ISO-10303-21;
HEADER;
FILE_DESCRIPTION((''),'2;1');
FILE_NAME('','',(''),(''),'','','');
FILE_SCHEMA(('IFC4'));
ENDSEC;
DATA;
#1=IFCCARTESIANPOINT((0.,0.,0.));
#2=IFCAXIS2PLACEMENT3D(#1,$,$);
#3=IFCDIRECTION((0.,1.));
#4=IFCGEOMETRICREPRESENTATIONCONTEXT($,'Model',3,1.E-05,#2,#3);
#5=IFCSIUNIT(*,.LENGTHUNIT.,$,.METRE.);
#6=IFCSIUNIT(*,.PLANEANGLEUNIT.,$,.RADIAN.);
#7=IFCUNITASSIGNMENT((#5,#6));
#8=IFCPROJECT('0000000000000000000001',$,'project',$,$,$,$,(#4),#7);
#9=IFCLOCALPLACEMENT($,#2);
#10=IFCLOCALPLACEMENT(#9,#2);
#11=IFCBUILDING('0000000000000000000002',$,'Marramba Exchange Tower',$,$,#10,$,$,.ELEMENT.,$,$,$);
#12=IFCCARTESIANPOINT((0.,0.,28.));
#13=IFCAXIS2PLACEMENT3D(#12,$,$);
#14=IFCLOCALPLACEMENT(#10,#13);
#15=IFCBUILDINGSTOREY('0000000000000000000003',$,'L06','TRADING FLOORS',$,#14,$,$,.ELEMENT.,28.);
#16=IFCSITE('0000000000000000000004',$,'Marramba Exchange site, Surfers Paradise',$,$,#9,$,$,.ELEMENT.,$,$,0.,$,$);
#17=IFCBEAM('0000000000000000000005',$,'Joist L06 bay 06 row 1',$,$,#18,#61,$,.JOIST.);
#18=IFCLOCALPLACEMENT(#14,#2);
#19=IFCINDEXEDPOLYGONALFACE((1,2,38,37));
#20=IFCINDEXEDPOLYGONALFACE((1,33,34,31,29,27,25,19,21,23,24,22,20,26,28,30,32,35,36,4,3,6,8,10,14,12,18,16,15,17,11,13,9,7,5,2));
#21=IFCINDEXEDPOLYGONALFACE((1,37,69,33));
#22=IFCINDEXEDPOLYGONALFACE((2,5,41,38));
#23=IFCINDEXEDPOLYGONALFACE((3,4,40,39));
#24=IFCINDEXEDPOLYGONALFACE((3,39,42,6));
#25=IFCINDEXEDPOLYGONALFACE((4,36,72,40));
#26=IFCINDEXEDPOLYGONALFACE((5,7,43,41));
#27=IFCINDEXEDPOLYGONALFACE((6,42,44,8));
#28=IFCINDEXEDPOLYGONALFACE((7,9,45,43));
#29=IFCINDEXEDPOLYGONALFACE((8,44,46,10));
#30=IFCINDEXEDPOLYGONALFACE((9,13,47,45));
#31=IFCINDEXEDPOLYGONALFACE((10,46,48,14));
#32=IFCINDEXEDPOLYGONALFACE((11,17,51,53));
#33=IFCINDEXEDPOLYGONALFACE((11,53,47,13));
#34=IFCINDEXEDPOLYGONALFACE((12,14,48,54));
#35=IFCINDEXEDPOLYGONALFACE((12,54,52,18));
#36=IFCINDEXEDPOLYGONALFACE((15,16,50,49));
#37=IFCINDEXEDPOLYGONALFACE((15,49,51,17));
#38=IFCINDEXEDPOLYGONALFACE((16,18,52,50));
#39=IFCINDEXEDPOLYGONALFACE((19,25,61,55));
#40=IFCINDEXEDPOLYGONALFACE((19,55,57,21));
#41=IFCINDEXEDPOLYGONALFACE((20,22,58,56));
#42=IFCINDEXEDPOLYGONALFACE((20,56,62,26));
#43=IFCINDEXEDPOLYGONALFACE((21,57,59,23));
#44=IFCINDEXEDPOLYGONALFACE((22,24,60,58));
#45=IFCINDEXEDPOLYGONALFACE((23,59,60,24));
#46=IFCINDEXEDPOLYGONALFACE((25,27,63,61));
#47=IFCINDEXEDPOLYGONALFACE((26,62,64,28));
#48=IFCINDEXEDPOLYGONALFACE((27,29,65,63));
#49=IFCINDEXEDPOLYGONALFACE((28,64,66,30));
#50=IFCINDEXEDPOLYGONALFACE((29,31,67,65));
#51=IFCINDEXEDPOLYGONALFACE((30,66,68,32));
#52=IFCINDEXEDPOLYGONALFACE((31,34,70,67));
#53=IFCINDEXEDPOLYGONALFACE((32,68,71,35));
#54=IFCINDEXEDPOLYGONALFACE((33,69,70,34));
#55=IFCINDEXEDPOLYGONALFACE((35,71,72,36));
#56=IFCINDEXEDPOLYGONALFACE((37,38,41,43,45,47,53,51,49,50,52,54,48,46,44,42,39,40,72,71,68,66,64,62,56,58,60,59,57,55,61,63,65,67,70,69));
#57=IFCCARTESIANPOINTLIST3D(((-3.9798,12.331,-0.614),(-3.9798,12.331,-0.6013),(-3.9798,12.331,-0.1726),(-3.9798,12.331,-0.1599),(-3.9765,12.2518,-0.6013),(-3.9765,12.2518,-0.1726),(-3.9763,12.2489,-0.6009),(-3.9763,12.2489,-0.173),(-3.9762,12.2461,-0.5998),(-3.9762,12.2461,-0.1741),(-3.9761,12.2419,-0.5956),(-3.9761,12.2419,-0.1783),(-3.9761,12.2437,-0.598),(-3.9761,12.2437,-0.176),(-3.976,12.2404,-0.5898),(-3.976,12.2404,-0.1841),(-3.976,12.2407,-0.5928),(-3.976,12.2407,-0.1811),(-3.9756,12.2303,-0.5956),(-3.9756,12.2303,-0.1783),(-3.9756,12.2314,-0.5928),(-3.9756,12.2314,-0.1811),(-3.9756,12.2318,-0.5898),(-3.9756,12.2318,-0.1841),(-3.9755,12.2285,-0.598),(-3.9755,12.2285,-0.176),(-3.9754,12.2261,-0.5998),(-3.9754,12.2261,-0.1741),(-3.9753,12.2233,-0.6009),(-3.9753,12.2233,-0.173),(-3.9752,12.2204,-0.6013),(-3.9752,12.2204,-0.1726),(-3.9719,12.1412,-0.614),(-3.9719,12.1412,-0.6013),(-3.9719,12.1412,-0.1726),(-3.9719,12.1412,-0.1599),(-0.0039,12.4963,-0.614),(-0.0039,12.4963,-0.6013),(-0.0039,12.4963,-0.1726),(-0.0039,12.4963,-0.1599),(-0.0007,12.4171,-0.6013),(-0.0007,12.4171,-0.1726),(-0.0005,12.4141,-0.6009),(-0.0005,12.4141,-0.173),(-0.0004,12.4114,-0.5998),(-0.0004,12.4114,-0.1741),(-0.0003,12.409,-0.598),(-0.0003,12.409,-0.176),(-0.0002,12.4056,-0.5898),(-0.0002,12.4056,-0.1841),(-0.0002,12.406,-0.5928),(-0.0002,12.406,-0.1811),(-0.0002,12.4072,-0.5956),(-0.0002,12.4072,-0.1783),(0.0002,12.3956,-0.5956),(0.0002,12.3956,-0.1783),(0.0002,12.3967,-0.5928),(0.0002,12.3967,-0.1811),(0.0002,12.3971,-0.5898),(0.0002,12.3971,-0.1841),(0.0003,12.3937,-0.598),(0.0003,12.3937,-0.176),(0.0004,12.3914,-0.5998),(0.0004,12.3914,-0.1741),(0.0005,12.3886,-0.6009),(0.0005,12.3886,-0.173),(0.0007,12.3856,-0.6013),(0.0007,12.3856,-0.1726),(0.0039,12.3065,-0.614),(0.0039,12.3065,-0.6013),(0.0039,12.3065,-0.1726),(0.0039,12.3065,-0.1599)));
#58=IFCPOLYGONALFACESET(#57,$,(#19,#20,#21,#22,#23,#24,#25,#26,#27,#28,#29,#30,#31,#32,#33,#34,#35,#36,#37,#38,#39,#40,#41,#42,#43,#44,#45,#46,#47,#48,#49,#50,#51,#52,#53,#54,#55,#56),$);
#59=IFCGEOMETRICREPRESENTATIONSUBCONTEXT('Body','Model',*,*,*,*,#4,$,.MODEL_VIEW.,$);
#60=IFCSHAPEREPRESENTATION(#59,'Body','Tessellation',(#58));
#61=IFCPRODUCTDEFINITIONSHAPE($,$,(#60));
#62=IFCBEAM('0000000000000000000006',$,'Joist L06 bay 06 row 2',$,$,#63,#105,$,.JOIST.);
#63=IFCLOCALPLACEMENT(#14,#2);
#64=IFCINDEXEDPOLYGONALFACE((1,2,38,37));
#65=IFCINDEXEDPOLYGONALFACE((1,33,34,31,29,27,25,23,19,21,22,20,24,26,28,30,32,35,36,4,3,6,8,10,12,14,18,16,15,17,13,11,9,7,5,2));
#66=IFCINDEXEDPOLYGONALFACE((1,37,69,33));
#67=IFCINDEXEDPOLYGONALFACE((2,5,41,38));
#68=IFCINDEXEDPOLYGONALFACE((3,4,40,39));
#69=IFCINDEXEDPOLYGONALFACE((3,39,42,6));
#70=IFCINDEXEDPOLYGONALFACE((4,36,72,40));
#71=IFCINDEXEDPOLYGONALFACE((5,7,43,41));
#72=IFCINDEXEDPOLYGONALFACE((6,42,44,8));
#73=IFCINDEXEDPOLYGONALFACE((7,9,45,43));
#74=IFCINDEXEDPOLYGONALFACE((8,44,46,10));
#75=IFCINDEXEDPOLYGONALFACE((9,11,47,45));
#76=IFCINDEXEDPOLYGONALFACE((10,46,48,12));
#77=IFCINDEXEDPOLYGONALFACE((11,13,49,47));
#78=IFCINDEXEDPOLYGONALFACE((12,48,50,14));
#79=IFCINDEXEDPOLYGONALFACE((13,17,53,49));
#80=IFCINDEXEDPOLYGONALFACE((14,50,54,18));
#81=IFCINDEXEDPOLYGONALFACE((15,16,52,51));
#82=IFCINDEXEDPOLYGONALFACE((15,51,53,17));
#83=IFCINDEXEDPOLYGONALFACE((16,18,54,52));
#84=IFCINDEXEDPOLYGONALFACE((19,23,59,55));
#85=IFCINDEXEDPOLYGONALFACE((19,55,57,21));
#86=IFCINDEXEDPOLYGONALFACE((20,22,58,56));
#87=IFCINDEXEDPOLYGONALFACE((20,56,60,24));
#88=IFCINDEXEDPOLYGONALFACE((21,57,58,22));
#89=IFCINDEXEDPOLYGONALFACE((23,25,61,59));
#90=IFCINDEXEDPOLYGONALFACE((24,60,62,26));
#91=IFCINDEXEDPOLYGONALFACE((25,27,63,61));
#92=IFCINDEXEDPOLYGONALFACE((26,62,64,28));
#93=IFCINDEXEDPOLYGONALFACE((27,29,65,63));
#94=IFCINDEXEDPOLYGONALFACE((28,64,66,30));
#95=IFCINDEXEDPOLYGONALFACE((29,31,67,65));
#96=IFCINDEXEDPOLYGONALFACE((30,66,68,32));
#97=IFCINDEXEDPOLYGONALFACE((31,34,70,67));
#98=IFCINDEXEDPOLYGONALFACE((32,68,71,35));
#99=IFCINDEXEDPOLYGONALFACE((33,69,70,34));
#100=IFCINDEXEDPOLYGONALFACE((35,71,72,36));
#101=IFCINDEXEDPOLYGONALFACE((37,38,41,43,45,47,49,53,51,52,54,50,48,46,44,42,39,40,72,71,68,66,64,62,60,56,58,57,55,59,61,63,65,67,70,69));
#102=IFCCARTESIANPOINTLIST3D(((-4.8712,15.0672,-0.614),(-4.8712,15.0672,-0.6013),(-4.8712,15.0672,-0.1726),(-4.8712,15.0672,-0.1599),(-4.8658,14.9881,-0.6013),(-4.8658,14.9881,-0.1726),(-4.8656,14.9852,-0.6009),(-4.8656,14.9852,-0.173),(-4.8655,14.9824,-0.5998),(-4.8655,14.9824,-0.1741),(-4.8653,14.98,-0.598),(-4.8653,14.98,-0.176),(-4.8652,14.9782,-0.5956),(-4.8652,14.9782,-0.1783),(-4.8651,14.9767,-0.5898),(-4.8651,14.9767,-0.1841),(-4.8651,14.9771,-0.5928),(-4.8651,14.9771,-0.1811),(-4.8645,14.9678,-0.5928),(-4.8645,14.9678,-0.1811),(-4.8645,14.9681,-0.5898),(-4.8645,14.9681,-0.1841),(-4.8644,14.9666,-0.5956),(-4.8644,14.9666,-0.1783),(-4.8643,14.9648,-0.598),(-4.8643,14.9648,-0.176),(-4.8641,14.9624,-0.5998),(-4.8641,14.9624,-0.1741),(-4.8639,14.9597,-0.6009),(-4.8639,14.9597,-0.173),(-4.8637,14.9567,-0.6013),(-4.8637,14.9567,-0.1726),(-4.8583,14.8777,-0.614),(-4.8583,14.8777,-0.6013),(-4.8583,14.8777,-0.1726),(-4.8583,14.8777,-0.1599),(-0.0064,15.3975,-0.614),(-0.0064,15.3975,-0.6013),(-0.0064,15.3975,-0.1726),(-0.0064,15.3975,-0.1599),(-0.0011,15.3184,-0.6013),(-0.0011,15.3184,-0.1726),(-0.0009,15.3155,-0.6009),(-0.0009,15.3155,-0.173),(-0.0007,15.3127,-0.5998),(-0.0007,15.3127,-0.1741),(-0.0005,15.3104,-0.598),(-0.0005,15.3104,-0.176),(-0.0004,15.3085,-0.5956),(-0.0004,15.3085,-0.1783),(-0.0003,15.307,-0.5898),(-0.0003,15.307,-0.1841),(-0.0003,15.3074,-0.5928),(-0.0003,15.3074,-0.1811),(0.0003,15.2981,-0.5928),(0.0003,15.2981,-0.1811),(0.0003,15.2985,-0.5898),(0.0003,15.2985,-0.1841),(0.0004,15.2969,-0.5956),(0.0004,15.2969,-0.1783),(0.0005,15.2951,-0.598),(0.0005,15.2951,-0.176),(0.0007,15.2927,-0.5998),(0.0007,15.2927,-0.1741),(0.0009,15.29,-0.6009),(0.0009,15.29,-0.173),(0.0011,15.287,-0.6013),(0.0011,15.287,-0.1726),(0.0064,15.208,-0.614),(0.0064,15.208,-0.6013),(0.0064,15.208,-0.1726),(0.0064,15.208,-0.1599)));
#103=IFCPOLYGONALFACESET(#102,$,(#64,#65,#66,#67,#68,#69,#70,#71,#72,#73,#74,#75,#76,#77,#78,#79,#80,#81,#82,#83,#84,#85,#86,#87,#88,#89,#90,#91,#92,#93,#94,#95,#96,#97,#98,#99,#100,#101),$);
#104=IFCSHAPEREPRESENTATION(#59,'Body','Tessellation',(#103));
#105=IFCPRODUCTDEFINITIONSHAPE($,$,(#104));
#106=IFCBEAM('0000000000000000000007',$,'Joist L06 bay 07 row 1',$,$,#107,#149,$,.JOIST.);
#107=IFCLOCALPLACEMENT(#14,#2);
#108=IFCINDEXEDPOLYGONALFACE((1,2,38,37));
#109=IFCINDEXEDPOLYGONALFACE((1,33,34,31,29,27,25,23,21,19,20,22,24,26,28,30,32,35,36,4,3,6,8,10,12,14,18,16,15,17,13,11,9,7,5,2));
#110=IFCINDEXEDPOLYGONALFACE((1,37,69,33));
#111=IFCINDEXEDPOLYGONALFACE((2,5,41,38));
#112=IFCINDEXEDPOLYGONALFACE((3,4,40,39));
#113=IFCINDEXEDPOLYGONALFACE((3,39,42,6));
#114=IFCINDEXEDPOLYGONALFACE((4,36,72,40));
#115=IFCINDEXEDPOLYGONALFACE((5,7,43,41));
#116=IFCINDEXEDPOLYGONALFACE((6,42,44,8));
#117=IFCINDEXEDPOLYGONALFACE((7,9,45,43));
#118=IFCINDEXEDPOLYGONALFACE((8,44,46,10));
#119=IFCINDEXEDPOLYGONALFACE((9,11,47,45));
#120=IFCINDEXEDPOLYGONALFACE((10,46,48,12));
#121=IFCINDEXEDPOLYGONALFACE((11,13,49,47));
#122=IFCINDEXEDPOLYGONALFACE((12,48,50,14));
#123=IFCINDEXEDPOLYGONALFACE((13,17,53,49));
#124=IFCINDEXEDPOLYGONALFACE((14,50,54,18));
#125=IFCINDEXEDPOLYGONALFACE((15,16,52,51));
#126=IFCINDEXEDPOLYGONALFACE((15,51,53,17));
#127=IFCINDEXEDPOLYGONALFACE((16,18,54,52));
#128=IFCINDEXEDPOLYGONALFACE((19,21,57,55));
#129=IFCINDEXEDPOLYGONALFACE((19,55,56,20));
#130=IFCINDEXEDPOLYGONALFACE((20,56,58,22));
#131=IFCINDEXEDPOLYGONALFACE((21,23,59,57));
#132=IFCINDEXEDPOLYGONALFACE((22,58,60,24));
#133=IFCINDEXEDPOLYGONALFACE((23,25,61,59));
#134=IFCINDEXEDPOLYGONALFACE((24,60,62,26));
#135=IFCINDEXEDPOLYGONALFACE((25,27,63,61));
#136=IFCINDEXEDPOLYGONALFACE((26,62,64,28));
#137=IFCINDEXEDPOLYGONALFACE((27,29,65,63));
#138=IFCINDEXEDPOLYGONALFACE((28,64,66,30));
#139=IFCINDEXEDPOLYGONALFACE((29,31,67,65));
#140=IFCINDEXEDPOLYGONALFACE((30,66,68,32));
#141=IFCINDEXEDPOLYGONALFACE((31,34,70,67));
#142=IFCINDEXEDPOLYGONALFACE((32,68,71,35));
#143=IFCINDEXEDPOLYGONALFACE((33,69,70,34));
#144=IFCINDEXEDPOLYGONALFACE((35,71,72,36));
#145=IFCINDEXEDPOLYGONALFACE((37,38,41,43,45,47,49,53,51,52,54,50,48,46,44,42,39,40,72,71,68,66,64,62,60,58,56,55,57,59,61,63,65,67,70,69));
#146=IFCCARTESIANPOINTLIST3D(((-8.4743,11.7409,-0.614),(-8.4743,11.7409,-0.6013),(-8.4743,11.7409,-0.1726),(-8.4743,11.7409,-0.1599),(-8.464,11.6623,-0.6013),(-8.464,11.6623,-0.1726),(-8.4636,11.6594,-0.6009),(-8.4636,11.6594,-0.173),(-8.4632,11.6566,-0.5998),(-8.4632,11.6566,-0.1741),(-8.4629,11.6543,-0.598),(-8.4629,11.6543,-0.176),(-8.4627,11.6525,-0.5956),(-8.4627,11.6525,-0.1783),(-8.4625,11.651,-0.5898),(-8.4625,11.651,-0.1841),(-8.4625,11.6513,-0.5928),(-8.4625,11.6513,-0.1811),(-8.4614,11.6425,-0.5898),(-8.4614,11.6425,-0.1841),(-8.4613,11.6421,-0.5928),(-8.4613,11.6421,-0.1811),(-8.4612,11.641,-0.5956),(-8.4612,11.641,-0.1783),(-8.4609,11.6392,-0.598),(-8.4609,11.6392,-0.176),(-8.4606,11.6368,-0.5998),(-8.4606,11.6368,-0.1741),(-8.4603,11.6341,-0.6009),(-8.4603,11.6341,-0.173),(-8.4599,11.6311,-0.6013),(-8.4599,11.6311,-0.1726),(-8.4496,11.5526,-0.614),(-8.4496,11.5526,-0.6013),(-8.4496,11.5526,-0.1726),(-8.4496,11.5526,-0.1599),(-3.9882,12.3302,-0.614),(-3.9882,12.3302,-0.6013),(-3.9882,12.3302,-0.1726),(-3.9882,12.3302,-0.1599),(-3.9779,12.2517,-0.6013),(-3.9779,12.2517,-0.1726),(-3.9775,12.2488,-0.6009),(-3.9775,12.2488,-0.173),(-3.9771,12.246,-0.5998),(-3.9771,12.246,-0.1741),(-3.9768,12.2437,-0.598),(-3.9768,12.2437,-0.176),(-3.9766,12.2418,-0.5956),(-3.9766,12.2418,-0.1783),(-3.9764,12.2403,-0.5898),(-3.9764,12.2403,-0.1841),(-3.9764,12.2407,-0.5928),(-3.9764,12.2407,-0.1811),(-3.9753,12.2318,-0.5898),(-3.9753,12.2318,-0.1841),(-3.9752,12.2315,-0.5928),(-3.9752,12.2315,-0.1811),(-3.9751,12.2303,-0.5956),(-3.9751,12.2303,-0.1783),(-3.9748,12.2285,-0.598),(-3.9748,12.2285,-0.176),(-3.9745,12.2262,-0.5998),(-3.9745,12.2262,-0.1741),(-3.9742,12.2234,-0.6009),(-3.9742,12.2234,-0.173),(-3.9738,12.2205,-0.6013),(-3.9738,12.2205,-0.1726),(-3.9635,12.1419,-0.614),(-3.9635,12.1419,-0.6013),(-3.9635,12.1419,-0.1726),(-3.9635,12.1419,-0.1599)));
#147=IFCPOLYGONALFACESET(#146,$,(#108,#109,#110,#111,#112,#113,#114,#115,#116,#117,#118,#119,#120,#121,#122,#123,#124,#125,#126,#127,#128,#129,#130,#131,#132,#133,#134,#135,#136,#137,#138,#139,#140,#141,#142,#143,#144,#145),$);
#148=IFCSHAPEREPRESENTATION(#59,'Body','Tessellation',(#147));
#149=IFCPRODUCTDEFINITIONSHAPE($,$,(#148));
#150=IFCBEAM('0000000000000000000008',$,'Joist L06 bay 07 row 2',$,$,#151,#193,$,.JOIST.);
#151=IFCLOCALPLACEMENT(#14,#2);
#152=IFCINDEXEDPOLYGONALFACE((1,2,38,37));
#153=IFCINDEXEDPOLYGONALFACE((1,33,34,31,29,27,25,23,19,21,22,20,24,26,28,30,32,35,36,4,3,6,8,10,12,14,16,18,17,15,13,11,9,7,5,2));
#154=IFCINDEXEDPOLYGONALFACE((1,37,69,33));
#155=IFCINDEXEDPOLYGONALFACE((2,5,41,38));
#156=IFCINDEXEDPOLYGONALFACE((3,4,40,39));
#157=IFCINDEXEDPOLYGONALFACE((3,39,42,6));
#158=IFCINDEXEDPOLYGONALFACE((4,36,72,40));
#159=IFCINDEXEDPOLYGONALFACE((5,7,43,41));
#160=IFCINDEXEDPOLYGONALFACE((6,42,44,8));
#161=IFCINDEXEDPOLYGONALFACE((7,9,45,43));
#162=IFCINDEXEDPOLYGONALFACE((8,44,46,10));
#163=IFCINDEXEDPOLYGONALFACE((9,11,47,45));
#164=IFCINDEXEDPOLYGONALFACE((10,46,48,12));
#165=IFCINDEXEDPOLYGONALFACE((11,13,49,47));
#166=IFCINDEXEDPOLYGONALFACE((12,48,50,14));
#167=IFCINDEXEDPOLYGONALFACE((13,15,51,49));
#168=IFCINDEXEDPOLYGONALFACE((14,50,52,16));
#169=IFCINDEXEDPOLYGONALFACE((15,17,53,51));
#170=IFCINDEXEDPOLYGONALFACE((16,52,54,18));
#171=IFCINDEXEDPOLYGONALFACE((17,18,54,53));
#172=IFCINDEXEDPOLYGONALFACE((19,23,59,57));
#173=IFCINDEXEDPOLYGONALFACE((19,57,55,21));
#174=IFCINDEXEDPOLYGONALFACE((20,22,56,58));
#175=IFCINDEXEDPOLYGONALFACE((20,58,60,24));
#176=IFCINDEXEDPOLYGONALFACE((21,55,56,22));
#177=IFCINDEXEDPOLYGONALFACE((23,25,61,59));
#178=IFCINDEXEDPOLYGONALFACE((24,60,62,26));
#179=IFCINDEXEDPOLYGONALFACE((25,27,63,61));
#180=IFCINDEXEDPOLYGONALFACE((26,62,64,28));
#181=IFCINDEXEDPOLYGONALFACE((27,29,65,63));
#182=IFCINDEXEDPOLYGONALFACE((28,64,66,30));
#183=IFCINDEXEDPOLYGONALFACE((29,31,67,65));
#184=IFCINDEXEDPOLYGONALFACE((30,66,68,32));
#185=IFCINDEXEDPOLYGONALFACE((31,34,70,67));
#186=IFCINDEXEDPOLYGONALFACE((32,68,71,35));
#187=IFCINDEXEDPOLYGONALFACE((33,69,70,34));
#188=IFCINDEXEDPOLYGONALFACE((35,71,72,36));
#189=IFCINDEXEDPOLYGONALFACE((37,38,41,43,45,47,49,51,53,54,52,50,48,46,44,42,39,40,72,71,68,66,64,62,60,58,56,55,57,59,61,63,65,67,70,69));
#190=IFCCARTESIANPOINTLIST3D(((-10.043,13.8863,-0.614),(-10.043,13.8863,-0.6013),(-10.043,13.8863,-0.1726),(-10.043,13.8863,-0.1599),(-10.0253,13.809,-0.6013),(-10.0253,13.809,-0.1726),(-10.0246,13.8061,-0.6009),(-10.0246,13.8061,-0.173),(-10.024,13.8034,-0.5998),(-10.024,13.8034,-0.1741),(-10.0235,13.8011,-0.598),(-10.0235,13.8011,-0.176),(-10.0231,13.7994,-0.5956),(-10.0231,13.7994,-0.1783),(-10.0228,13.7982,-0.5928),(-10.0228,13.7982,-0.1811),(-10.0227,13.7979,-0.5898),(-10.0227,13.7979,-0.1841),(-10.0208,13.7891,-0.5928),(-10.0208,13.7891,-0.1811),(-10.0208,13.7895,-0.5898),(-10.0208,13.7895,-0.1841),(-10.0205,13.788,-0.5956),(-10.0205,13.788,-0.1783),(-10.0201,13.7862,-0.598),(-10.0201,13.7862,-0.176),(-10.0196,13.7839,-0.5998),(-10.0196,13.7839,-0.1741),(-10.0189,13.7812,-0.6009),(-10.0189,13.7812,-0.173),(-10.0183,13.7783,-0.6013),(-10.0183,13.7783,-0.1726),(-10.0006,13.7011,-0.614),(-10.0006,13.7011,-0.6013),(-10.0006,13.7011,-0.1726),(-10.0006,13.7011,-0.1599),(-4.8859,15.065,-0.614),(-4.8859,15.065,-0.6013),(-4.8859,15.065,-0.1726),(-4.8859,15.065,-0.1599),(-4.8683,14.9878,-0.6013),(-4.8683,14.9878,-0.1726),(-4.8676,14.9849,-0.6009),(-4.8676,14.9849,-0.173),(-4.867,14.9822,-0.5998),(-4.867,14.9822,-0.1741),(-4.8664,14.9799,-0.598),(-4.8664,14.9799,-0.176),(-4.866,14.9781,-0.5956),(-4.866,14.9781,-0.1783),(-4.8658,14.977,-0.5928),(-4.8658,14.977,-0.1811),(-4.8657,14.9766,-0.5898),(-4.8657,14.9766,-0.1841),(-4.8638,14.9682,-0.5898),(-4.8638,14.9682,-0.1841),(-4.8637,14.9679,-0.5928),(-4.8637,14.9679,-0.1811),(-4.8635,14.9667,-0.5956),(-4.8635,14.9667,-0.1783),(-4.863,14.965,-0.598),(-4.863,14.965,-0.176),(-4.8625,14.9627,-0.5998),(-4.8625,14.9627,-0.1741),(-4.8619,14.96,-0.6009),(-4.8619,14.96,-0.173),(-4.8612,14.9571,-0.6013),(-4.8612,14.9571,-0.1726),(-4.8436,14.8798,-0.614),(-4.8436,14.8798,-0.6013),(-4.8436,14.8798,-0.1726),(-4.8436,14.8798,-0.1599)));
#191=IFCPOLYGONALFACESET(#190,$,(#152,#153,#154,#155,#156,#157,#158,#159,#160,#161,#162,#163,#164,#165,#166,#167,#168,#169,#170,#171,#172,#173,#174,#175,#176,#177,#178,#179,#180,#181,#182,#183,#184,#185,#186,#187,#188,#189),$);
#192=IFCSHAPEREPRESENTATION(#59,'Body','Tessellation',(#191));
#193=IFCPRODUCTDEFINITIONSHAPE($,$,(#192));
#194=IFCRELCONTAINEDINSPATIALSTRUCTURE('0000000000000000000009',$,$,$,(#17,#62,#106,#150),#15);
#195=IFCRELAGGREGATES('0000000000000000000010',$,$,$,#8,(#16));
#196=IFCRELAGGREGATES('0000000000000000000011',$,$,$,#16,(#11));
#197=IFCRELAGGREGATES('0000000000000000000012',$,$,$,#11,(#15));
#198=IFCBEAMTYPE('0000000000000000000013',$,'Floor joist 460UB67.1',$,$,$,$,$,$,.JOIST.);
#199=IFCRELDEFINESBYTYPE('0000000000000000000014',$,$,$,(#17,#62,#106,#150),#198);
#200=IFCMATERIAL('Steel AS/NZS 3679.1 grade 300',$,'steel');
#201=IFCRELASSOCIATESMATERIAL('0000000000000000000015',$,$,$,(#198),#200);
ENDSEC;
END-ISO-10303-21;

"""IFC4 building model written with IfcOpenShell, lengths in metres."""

from ifc_helpers import new_model, si_unit, direction, frame, origin, origin_2d, place, context, subcontext, project, spatial, i_section, extrude, material, material_profile, profile_set, type_object, element, save


model = new_model("IFC4")

# Units and contexts
model_context = context("Model", 3, precision=1e-05, world=origin(), true_north=direction((0.0, 1.0)))
body_context = subcontext(model_context, "Body", "Model", "MODEL_VIEW")
ifc_project = project(units=[si_unit("LENGTHUNIT", "METRE"), si_unit("PLANEANGLEUNIT", "RADIAN")], contexts=[model_context])

# Site, building, storey
site_placement = place(None, origin())
site = spatial("IfcSite", under=ifc_project, at=site_placement, Name="Marramba Exchange site, Surfers Paradise", CompositionType="ELEMENT", RefElevation=0.0)
building_placement = place(site_placement, origin())
building = spatial("IfcBuilding", under=site, at=building_placement, Name="Marramba Exchange Tower", CompositionType="ELEMENT")
storey_placement = place(building_placement, frame((0.0, 0.0, 28.0)))
storey = spatial("IfcBuildingStorey", under=building, at=storey_placement, Name="L06", Description="TRADING FLOORS", CompositionType="ELEMENT", Elevation=28.0)

# Beams
ifc_material_1 = material(Name="Steel AS/NZS 3679.1 grade 300", Category="steel")
ifc_material_profile_1 = material_profile(ifc_material_1, i_section(OverallWidth=0.1899, OverallDepth=0.4541, WebThickness=0.0085, FlangeThickness=0.0127, FilletRadius=0.0115, at=origin_2d()), Name="460UB67.1")
ifc_profile_set_1 = profile_set([ifc_material_profile_1], Name="Steel AS/NZS 3679.1 grade 300")
beam_type_1 = type_object("IfcBeamType", Name="Floor joist 460UB67.1", PredefinedType="JOIST", material=ifc_profile_set_1)
beam_1_placement = place(storey_placement, frame((0.0, 12.4014, -0.387), z_axis=(-0.999137, -0.041536, 0.0), x_axis=(0.041536, -0.999137, 0.0)))
element("IfcBeam", 1, at=beam_1_placement, inside=storey, type_object=beam_type_1, Name="Joist L06 bay 06 row 1", PredefinedType="JOIST", context=body_context, shape_type="SweptSolid", body=[
    extrude(i_section(OverallWidth=0.1899, OverallDepth=0.4541, WebThickness=0.0085, FlangeThickness=0.0127, FilletRadius=0.0115, at=origin_2d()), origin(), (0.0, 0.0, 1.0), 3.9792),
])
beam_2_placement = place(storey_placement, frame((0.0, 15.3027, -0.387), z_axis=(-0.997703, -0.067745, 0.0), x_axis=(0.067745, -0.997703, 0.0)))
element("IfcBeam", 2, at=beam_2_placement, inside=storey, type_object=beam_type_1, Name="Joist L06 bay 06 row 2", PredefinedType="JOIST", context=body_context, shape_type="SweptSolid", body=[
    extrude(i_section(OverallWidth=0.1899, OverallDepth=0.4541, WebThickness=0.0085, FlangeThickness=0.0127, FilletRadius=0.0115, at=origin_2d()), origin(), (0.0, 0.0, 1.0), 4.876),
])
beam_3_placement = place(storey_placement, frame((-3.9758, 12.2361, -0.387), z_axis=(-0.991481, -0.130255, 0.0), x_axis=(0.130255, -0.991481, 0.0)))
element("IfcBeam", 3, at=beam_3_placement, inside=storey, type_object=beam_type_1, Name="Joist L06 bay 07 row 1", PredefinedType="JOIST", context=body_context, shape_type="SweptSolid", body=[
    extrude(i_section(OverallWidth=0.1899, OverallDepth=0.4541, WebThickness=0.0085, FlangeThickness=0.0127, FilletRadius=0.0115, at=origin_2d()), origin(), (0.0, 0.0, 1.0), 4.5247),
])
beam_4_placement = place(storey_placement, frame((-4.8647, 14.9724, -0.387), z_axis=(-0.97486, -0.22282, 0.0), x_axis=(0.22282, -0.97486, 0.0)))
element("IfcBeam", 4, at=beam_4_placement, inside=storey, type_object=beam_type_1, Name="Joist L06 bay 07 row 2", PredefinedType="JOIST", context=body_context, shape_type="SweptSolid", body=[
    extrude(i_section(OverallWidth=0.1899, OverallDepth=0.4541, WebThickness=0.0085, FlangeThickness=0.0127, FilletRadius=0.0115, at=origin_2d()), origin(), (0.0, 0.0, 1.0), 5.29),
])

save(model, "model.ifc")
